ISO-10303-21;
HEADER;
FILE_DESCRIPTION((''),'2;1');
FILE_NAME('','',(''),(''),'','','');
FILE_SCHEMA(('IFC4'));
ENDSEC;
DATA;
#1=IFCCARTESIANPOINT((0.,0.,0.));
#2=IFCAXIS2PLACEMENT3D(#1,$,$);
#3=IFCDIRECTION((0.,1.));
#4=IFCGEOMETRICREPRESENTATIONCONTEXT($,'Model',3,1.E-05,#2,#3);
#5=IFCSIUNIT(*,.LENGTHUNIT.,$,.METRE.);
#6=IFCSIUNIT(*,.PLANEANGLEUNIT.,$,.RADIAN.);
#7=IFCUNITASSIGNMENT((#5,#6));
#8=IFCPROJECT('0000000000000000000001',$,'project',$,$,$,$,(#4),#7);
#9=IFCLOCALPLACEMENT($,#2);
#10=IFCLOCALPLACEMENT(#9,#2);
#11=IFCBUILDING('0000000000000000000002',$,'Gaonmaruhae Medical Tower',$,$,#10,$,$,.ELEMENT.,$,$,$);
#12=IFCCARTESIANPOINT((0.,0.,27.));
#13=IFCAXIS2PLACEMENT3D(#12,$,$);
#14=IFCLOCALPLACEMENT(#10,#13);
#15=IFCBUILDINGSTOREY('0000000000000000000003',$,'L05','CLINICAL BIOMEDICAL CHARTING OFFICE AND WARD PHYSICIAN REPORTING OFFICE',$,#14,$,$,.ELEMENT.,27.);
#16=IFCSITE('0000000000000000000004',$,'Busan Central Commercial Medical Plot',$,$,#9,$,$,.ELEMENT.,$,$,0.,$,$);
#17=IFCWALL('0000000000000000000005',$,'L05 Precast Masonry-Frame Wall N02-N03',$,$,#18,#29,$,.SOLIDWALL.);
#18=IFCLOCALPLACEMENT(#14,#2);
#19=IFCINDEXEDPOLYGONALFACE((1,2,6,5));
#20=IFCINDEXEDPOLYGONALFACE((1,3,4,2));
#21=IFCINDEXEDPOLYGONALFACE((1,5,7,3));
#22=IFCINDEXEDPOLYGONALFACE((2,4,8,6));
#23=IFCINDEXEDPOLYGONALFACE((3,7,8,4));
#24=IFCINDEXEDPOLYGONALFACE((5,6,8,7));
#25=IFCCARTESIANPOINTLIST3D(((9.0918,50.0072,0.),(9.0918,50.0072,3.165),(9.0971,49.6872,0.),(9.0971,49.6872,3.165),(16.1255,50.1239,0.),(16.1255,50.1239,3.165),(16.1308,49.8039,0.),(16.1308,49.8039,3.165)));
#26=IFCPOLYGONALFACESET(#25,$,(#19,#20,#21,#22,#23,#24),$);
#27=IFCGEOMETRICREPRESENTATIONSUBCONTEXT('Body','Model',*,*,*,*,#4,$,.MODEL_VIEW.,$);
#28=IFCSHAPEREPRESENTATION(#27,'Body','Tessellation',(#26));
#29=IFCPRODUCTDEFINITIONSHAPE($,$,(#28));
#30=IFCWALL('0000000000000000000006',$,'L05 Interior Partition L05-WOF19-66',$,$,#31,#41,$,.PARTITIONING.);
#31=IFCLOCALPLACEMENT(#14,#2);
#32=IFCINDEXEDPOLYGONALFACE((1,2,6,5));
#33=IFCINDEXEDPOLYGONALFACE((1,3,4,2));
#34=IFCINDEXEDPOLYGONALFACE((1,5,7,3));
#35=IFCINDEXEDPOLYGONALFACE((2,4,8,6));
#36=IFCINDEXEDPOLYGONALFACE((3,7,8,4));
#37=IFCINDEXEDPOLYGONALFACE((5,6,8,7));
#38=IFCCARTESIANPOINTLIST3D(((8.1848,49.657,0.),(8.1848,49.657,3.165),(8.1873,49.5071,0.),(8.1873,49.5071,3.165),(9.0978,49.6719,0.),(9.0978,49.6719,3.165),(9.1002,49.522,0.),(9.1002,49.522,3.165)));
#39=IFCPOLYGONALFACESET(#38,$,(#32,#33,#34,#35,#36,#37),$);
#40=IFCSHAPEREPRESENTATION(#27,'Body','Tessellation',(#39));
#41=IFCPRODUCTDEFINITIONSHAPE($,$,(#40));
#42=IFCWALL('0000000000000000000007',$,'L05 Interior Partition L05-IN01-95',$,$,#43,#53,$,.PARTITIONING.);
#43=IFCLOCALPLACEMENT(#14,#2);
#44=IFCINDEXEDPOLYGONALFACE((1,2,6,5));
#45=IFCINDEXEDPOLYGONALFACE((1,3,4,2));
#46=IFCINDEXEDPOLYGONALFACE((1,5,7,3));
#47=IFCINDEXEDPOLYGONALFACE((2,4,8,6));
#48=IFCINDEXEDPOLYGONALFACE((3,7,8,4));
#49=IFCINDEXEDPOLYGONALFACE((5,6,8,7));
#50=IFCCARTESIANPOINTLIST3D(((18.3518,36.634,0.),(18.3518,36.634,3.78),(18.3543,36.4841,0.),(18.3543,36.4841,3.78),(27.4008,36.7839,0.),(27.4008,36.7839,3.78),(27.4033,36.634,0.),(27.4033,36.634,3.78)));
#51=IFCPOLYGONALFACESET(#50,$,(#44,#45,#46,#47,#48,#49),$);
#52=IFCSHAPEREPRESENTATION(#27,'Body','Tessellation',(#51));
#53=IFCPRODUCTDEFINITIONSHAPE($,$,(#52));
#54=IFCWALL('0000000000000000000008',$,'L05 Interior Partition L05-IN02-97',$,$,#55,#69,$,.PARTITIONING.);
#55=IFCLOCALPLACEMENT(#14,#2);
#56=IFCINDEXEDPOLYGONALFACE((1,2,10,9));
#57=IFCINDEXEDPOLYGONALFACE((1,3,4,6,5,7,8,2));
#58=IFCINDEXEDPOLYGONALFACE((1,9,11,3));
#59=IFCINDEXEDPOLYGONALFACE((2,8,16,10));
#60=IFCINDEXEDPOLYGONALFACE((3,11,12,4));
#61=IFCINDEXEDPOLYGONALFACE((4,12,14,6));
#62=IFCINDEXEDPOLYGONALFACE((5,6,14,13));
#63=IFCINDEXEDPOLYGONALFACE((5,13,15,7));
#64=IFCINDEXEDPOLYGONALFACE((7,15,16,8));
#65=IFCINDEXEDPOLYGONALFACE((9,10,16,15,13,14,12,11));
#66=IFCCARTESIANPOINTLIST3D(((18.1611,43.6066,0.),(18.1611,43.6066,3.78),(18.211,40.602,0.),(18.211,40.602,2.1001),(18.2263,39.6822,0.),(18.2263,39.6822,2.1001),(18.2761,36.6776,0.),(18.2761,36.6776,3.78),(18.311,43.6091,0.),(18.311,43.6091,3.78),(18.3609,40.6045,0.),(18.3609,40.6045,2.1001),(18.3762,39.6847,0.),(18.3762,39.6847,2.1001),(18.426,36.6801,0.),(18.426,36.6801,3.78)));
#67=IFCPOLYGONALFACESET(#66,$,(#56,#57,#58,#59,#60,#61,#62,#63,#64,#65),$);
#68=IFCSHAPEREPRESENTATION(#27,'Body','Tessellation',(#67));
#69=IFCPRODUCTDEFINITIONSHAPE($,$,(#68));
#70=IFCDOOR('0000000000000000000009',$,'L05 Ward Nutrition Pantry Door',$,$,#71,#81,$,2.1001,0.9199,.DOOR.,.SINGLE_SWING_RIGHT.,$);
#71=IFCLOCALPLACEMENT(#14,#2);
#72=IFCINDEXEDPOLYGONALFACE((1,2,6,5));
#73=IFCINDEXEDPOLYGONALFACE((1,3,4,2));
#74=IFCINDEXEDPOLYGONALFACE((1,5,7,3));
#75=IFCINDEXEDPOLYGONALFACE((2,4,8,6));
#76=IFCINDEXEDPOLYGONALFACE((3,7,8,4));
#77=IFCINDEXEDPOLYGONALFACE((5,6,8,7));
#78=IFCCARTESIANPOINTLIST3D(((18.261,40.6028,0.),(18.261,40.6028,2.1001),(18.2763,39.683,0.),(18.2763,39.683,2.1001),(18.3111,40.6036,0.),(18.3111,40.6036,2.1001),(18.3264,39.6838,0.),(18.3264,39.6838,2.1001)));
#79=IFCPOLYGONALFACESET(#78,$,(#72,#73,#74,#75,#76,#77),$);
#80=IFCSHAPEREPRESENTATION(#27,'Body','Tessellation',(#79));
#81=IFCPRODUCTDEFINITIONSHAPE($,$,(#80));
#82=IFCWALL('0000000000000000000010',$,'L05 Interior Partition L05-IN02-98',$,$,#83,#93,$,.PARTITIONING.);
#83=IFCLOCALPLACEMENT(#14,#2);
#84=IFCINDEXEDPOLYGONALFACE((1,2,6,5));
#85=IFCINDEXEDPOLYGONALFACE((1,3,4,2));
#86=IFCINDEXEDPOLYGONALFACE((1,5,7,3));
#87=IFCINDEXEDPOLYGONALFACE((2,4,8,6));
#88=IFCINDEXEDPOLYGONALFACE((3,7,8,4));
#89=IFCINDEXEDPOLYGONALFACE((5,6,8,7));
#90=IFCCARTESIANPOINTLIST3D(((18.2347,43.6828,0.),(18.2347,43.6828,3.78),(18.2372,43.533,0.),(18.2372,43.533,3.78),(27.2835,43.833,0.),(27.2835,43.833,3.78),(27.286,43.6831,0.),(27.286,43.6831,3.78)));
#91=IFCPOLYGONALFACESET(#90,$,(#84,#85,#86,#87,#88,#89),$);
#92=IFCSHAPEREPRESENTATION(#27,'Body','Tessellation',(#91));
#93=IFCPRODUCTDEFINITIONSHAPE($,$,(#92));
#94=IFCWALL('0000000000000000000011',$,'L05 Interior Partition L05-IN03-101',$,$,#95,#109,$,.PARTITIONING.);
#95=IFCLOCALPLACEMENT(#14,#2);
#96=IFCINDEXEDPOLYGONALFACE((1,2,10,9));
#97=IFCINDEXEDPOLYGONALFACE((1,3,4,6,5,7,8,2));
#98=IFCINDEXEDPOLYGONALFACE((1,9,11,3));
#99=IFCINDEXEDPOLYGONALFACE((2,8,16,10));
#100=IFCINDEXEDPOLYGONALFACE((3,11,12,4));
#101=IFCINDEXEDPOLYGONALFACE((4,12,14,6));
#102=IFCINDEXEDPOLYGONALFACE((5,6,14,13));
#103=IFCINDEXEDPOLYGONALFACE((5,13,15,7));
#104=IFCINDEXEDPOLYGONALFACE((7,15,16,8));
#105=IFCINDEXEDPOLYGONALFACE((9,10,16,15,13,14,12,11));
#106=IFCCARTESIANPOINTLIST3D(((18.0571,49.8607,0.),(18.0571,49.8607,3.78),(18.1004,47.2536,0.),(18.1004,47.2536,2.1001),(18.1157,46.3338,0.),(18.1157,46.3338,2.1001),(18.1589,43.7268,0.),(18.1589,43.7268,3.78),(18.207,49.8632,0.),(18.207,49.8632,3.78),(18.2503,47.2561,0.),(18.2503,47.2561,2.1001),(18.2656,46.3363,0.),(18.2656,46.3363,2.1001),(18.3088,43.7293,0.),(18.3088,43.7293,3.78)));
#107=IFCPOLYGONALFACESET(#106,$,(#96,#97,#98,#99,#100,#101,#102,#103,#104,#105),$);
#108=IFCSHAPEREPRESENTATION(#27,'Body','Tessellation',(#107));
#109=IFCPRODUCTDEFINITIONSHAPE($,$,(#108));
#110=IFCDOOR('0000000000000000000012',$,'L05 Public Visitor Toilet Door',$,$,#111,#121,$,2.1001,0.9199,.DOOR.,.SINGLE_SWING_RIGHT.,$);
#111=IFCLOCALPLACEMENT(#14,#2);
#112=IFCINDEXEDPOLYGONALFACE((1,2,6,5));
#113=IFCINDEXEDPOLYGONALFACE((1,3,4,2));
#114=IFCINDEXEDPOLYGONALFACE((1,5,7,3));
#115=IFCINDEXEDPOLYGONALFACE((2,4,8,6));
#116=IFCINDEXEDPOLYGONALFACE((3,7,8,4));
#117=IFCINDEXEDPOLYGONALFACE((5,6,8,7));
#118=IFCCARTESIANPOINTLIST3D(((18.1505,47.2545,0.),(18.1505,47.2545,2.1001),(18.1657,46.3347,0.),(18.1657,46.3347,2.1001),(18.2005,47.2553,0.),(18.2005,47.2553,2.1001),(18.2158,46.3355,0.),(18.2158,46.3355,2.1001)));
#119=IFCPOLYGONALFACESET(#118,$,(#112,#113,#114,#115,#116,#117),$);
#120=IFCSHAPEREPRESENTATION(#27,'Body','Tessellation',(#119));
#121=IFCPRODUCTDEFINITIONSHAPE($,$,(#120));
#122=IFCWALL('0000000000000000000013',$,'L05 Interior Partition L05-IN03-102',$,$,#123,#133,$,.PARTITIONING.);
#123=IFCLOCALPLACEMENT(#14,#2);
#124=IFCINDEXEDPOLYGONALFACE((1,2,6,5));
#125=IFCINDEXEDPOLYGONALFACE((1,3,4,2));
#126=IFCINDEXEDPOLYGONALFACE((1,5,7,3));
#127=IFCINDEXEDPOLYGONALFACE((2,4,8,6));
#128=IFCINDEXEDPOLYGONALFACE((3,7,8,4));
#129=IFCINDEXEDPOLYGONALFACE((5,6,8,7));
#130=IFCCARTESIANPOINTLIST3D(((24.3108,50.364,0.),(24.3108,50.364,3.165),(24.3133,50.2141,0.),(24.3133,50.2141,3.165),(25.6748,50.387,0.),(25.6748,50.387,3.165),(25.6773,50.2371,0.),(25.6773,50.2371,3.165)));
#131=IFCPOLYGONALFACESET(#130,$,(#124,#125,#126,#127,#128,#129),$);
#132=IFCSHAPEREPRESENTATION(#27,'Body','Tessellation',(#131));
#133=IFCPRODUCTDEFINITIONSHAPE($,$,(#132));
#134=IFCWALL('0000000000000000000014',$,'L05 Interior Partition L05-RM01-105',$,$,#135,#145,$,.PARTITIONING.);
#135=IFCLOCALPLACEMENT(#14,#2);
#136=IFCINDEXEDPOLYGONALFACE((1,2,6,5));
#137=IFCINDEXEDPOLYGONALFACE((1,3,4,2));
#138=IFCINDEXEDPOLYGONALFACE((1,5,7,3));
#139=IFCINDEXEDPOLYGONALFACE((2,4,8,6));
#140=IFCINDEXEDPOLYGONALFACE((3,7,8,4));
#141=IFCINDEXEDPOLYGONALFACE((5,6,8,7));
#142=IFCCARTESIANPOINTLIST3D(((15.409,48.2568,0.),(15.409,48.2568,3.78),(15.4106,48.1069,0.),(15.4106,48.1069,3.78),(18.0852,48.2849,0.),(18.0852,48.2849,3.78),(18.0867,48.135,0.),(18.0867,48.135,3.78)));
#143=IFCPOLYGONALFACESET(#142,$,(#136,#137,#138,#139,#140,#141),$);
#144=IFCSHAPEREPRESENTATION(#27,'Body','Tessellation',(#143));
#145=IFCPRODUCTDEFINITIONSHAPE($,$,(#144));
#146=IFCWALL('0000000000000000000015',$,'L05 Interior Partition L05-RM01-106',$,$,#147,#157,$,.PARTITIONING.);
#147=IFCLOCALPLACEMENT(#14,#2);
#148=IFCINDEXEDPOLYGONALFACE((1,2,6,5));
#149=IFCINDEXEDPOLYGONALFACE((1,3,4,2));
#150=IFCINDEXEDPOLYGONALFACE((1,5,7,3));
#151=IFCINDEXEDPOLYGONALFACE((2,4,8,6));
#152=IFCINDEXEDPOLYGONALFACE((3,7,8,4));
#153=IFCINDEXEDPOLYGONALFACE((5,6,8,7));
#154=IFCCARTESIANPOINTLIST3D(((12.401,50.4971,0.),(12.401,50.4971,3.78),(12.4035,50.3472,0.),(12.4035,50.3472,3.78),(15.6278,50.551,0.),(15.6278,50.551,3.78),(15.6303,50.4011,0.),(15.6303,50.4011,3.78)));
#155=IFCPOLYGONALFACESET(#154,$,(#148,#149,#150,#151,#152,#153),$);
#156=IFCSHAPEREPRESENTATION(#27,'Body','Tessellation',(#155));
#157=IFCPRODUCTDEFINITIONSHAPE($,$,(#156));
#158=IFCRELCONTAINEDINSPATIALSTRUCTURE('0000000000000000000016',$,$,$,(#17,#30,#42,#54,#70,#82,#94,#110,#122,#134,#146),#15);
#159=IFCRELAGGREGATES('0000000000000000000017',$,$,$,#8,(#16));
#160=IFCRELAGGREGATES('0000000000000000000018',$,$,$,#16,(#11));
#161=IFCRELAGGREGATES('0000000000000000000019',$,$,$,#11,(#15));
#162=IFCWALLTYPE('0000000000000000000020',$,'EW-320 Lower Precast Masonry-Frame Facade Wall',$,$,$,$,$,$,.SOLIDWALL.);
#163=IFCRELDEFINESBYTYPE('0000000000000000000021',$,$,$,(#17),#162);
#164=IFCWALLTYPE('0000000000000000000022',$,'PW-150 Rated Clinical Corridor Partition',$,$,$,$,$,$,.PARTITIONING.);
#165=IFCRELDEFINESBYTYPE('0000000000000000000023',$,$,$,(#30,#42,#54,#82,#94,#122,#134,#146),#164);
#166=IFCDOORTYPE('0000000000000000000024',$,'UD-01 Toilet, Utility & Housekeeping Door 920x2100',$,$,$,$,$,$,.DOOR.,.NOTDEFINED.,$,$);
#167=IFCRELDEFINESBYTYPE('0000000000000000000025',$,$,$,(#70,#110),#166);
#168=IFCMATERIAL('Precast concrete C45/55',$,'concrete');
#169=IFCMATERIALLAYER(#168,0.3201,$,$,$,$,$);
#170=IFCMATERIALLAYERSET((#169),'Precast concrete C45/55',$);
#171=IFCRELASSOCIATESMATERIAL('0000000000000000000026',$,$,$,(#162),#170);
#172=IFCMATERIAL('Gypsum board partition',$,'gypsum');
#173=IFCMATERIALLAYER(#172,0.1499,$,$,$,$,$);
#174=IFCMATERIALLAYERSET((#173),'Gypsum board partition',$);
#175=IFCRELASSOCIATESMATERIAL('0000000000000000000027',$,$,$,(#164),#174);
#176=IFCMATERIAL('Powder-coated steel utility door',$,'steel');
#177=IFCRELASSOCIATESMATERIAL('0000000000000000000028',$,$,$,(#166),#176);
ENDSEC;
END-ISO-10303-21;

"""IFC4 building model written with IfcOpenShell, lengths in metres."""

from ifc_helpers import new_model, si_unit, direction, frame, frame_2d, origin, place, context, subcontext, project, spatial, rectangle, extrude, material, layer, layer_set, type_object, element, fill, save


model = new_model("IFC4")

# Units and contexts
model_context = context("Model", 3, precision=1e-05, world=origin(), true_north=direction((0.0, 1.0)))
body_context = subcontext(model_context, "Body", "Model", "MODEL_VIEW")
ifc_project = project(units=[si_unit("LENGTHUNIT", "METRE"), si_unit("PLANEANGLEUNIT", "RADIAN")], contexts=[model_context])

# Site, building, storey
site_placement = place(None, origin())
site = spatial("IfcSite", under=ifc_project, at=site_placement, Name="Busan Central Commercial Medical Plot", CompositionType="ELEMENT", RefElevation=0.0)
building_placement = place(site_placement, origin())
building = spatial("IfcBuilding", under=site, at=building_placement, Name="Gaonmaruhae Medical Tower", CompositionType="ELEMENT")
storey_placement = place(building_placement, frame((0.0, 0.0, 27.0)))
storey = spatial("IfcBuildingStorey", under=building, at=storey_placement, Name="L05", Description="CLINICAL BIOMEDICAL CHARTING OFFICE AND WARD PHYSICIAN REPORTING OFFICE", CompositionType="ELEMENT", Elevation=27.0)

# Wall
ifc_material_1 = material(Name="Precast concrete C45/55", Category="concrete")
ifc_layer_1 = layer(ifc_material_1, 0.3201)
ifc_layer_set_1 = layer_set([ifc_layer_1], Name="Precast concrete C45/55")
wall_type_1 = type_object("IfcWallType", Name="EW-320 Lower Precast Masonry-Frame Facade Wall", PredefinedType="SOLIDWALL", material=ifc_layer_set_1)
wall_1_placement = place(storey_placement, frame((9.0945, 49.8472, 0.0), z_axis=(0.0, 0.0, 1.0), x_axis=(0.999862, 0.016589, 0.0)))
element("IfcWall", 1, at=wall_1_placement, inside=storey, type_object=wall_type_1, Name="L05 Precast Masonry-Frame Wall N02-N03", PredefinedType="SOLIDWALL", context=body_context, shape_type="SweptSolid", body=[
    extrude(rectangle(XDim=7.0347, YDim=0.3201, at=frame_2d((3.5173, 0.0))), origin(), (0.0, 0.0, 1.0), 3.165),
])

# Shared definitions
ifc_material_2 = material(Name="Gypsum board partition", Category="gypsum")
ifc_layer_2 = layer(ifc_material_2, 0.1499)
ifc_layer_set_2 = layer_set([ifc_layer_2], Name="Gypsum board partition")
wall_type_2 = type_object("IfcWallType", Name="PW-150 Rated Clinical Corridor Partition", PredefinedType="PARTITIONING", material=ifc_layer_set_2)

# Wall
wall_2_placement = place(storey_placement, frame((8.186, 49.582, 0.0), z_axis=(0.0, 0.0, 1.0), x_axis=(0.999867, 0.016308, 0.0)))
element("IfcWall", 2, at=wall_2_placement, inside=storey, type_object=wall_type_2, Name="L05 Interior Partition L05-WOF19-66", PredefinedType="PARTITIONING", context=body_context, shape_type="SweptSolid", body=[
    extrude(rectangle(XDim=0.9131, YDim=0.1499, at=frame_2d((0.4565, 0.0))), origin(), (0.0, 0.0, 1.0), 3.165),
])

# Wall
wall_3_placement = place(storey_placement, frame((18.353, 36.5591, 0.0), z_axis=(0.0, 0.0, 1.0), x_axis=(0.999863, 0.016563, 0.0)))
element("IfcWall", 3, at=wall_3_placement, inside=storey, type_object=wall_type_2, Name="L05 Interior Partition L05-IN01-95", PredefinedType="PARTITIONING", context=body_context, shape_type="SweptSolid", body=[
    extrude(rectangle(XDim=9.0503, YDim=0.1499, at=frame_2d((4.5251, 0.0))), origin(), (0.0, 0.0, 1.0), 3.78),
])

# Wall, opening, door
wall_4_placement = place(storey_placement, frame((18.3511, 36.679, 0.0), z_axis=(0.0, 0.0, 1.0), x_axis=(-0.016593, 0.999862, 0.0)))
wall_4 = element("IfcWall", 4, at=wall_4_placement, inside=storey, type_object=wall_type_2, Name="L05 Interior Partition L05-IN02-97", PredefinedType="PARTITIONING", context=body_context, shape_type="SweptSolid", body=[
    extrude(rectangle(XDim=6.9299, YDim=0.1499, at=frame_2d((3.4648, 0.0))), origin(), (0.0, 0.0, 1.0), 3.78),
])
opening_1_placement = place(wall_4_placement, frame((3.0049, 0.0, 0.0)))
opening_1 = element("IfcOpeningElement", 5, at=opening_1_placement, cuts=wall_4, PredefinedType="OPENING", context=body_context, shape_type="SweptSolid", body=[
    extrude(rectangle(XDim=0.9199, YDim=2.1001, at=frame_2d((0.46, 1.05))), frame((0.0, 0.085, 0.0), z_axis=(0.0, -1.0, 0.0), x_axis=(1.0, 0.0, 0.0)), (0.0, 0.0, 1.0), 0.1699),
])
ifc_material_3 = material(Name="Powder-coated steel utility door", Category="steel")
door_type_1 = type_object("IfcDoorType", Name="UD-01 Toilet, Utility & Housekeeping Door 920x2100", OperationType="NOTDEFINED", PredefinedType="DOOR", material=ifc_material_3)
door_1_placement = place(opening_1_placement, origin())
door_1 = element("IfcDoor", 6, at=door_1_placement, inside=storey, type_object=door_type_1, Name="L05 Ward Nutrition Pantry Door", OperationType="SINGLE_SWING_RIGHT", OverallHeight=2.1001, OverallWidth=0.9199, PredefinedType="DOOR", context=body_context, shape_type="SweptSolid", body=[
    extrude(rectangle(XDim=0.9199, YDim=2.1001, at=frame_2d((0.46, 1.05))), frame((0.0, 0.0249, 0.0), z_axis=(0.0, -1.0, 0.0), x_axis=(1.0, 0.0, 0.0)), (0.0, 0.0, 1.0), 0.05),
])
fill(opening_1, door_1)

# Wall
wall_5_placement = place(storey_placement, frame((18.2361, 43.6079, 0.0), z_axis=(0.0, 0.0, 1.0), x_axis=(0.999862, 0.016591, 0.0)))
element("IfcWall", 7, at=wall_5_placement, inside=storey, type_object=wall_type_2, Name="L05 Interior Partition L05-IN02-98", PredefinedType="PARTITIONING", context=body_context, shape_type="SweptSolid", body=[
    extrude(rectangle(XDim=9.05, YDim=0.1499, at=frame_2d((4.5249, 0.0))), origin(), (0.0, 0.0, 1.0), 3.78),
])

# Wall, opening, door
wall_6_placement = place(storey_placement, frame((18.2339, 43.728, 0.0), z_axis=(0.0, 0.0, 1.0), x_axis=(-0.016595, 0.999862, 0.0)))
wall_6 = element("IfcWall", 8, at=wall_6_placement, inside=storey, type_object=wall_type_2, Name="L05 Interior Partition L05-IN03-101", PredefinedType="PARTITIONING", context=body_context, shape_type="SweptSolid", body=[
    extrude(rectangle(XDim=6.1348, YDim=0.1499, at=frame_2d((3.0674, 0.0))), origin(), (0.0, 0.0, 1.0), 3.78),
])
opening_2_placement = place(wall_6_placement, frame((2.6074, 0.0, 0.0)))
opening_2 = element("IfcOpeningElement", 9, at=opening_2_placement, cuts=wall_6, PredefinedType="OPENING", context=body_context, shape_type="SweptSolid", body=[
    extrude(rectangle(XDim=0.9199, YDim=2.1001, at=frame_2d((0.46, 1.05))), frame((0.0, 0.085, 0.0), z_axis=(0.0, -1.0, 0.0), x_axis=(1.0, 0.0, 0.0)), (0.0, 0.0, 1.0), 0.1699),
])
door_2_placement = place(opening_2_placement, origin())
door_2 = element("IfcDoor", 10, at=door_2_placement, inside=storey, type_object=door_type_1, Name="L05 Public Visitor Toilet Door", OperationType="SINGLE_SWING_RIGHT", OverallHeight=2.1001, OverallWidth=0.9199, PredefinedType="DOOR", context=body_context, shape_type="SweptSolid", body=[
    extrude(rectangle(XDim=0.9199, YDim=2.1001, at=frame_2d((0.46, 1.05))), frame((0.0, 0.0249, 0.0), z_axis=(0.0, -1.0, 0.0), x_axis=(1.0, 0.0, 0.0)), (0.0, 0.0, 1.0), 0.05),
])
fill(opening_2, door_2)

# Walls
wall_7_placement = place(storey_placement, frame((24.312, 50.2891, 0.0), z_axis=(0.0, 0.0, 1.0), x_axis=(0.999858, 0.016822, 0.0)))
element("IfcWall", 11, at=wall_7_placement, inside=storey, type_object=wall_type_2, Name="L05 Interior Partition L05-IN03-102", PredefinedType="PARTITIONING", context=body_context, shape_type="SweptSolid", body=[
    extrude(rectangle(XDim=1.3643, YDim=0.1499, at=frame_2d((0.6821, 0.0))), origin(), (0.0, 0.0, 1.0), 3.165),
])
wall_8_placement = place(storey_placement, frame((18.0859, 48.21, 0.0), z_axis=(0.0, 0.0, 1.0), x_axis=(-0.999945, -0.010491, 0.0)))
element("IfcWall", 12, at=wall_8_placement, inside=storey, type_object=wall_type_2, Name="L05 Interior Partition L05-RM01-105", PredefinedType="PARTITIONING", context=body_context, shape_type="SweptSolid", body=[
    extrude(rectangle(XDim=2.6763, YDim=0.1499, at=frame_2d((1.3381, 0.0))), origin(), (0.0, 0.0, 1.0), 3.78),
])
wall_9_placement = place(storey_placement, frame((12.4021, 50.4221, 0.0), z_axis=(0.0, 0.0, 1.0), x_axis=(0.99986, 0.016719, 0.0)))
element("IfcWall", 13, at=wall_9_placement, inside=storey, type_object=wall_type_2, Name="L05 Interior Partition L05-RM01-106", PredefinedType="PARTITIONING", context=body_context, shape_type="SweptSolid", body=[
    extrude(rectangle(XDim=3.2273, YDim=0.1499, at=frame_2d((1.6138, 0.0))), origin(), (0.0, 0.0, 1.0), 3.78),
])

save(model, "model.ifc")
